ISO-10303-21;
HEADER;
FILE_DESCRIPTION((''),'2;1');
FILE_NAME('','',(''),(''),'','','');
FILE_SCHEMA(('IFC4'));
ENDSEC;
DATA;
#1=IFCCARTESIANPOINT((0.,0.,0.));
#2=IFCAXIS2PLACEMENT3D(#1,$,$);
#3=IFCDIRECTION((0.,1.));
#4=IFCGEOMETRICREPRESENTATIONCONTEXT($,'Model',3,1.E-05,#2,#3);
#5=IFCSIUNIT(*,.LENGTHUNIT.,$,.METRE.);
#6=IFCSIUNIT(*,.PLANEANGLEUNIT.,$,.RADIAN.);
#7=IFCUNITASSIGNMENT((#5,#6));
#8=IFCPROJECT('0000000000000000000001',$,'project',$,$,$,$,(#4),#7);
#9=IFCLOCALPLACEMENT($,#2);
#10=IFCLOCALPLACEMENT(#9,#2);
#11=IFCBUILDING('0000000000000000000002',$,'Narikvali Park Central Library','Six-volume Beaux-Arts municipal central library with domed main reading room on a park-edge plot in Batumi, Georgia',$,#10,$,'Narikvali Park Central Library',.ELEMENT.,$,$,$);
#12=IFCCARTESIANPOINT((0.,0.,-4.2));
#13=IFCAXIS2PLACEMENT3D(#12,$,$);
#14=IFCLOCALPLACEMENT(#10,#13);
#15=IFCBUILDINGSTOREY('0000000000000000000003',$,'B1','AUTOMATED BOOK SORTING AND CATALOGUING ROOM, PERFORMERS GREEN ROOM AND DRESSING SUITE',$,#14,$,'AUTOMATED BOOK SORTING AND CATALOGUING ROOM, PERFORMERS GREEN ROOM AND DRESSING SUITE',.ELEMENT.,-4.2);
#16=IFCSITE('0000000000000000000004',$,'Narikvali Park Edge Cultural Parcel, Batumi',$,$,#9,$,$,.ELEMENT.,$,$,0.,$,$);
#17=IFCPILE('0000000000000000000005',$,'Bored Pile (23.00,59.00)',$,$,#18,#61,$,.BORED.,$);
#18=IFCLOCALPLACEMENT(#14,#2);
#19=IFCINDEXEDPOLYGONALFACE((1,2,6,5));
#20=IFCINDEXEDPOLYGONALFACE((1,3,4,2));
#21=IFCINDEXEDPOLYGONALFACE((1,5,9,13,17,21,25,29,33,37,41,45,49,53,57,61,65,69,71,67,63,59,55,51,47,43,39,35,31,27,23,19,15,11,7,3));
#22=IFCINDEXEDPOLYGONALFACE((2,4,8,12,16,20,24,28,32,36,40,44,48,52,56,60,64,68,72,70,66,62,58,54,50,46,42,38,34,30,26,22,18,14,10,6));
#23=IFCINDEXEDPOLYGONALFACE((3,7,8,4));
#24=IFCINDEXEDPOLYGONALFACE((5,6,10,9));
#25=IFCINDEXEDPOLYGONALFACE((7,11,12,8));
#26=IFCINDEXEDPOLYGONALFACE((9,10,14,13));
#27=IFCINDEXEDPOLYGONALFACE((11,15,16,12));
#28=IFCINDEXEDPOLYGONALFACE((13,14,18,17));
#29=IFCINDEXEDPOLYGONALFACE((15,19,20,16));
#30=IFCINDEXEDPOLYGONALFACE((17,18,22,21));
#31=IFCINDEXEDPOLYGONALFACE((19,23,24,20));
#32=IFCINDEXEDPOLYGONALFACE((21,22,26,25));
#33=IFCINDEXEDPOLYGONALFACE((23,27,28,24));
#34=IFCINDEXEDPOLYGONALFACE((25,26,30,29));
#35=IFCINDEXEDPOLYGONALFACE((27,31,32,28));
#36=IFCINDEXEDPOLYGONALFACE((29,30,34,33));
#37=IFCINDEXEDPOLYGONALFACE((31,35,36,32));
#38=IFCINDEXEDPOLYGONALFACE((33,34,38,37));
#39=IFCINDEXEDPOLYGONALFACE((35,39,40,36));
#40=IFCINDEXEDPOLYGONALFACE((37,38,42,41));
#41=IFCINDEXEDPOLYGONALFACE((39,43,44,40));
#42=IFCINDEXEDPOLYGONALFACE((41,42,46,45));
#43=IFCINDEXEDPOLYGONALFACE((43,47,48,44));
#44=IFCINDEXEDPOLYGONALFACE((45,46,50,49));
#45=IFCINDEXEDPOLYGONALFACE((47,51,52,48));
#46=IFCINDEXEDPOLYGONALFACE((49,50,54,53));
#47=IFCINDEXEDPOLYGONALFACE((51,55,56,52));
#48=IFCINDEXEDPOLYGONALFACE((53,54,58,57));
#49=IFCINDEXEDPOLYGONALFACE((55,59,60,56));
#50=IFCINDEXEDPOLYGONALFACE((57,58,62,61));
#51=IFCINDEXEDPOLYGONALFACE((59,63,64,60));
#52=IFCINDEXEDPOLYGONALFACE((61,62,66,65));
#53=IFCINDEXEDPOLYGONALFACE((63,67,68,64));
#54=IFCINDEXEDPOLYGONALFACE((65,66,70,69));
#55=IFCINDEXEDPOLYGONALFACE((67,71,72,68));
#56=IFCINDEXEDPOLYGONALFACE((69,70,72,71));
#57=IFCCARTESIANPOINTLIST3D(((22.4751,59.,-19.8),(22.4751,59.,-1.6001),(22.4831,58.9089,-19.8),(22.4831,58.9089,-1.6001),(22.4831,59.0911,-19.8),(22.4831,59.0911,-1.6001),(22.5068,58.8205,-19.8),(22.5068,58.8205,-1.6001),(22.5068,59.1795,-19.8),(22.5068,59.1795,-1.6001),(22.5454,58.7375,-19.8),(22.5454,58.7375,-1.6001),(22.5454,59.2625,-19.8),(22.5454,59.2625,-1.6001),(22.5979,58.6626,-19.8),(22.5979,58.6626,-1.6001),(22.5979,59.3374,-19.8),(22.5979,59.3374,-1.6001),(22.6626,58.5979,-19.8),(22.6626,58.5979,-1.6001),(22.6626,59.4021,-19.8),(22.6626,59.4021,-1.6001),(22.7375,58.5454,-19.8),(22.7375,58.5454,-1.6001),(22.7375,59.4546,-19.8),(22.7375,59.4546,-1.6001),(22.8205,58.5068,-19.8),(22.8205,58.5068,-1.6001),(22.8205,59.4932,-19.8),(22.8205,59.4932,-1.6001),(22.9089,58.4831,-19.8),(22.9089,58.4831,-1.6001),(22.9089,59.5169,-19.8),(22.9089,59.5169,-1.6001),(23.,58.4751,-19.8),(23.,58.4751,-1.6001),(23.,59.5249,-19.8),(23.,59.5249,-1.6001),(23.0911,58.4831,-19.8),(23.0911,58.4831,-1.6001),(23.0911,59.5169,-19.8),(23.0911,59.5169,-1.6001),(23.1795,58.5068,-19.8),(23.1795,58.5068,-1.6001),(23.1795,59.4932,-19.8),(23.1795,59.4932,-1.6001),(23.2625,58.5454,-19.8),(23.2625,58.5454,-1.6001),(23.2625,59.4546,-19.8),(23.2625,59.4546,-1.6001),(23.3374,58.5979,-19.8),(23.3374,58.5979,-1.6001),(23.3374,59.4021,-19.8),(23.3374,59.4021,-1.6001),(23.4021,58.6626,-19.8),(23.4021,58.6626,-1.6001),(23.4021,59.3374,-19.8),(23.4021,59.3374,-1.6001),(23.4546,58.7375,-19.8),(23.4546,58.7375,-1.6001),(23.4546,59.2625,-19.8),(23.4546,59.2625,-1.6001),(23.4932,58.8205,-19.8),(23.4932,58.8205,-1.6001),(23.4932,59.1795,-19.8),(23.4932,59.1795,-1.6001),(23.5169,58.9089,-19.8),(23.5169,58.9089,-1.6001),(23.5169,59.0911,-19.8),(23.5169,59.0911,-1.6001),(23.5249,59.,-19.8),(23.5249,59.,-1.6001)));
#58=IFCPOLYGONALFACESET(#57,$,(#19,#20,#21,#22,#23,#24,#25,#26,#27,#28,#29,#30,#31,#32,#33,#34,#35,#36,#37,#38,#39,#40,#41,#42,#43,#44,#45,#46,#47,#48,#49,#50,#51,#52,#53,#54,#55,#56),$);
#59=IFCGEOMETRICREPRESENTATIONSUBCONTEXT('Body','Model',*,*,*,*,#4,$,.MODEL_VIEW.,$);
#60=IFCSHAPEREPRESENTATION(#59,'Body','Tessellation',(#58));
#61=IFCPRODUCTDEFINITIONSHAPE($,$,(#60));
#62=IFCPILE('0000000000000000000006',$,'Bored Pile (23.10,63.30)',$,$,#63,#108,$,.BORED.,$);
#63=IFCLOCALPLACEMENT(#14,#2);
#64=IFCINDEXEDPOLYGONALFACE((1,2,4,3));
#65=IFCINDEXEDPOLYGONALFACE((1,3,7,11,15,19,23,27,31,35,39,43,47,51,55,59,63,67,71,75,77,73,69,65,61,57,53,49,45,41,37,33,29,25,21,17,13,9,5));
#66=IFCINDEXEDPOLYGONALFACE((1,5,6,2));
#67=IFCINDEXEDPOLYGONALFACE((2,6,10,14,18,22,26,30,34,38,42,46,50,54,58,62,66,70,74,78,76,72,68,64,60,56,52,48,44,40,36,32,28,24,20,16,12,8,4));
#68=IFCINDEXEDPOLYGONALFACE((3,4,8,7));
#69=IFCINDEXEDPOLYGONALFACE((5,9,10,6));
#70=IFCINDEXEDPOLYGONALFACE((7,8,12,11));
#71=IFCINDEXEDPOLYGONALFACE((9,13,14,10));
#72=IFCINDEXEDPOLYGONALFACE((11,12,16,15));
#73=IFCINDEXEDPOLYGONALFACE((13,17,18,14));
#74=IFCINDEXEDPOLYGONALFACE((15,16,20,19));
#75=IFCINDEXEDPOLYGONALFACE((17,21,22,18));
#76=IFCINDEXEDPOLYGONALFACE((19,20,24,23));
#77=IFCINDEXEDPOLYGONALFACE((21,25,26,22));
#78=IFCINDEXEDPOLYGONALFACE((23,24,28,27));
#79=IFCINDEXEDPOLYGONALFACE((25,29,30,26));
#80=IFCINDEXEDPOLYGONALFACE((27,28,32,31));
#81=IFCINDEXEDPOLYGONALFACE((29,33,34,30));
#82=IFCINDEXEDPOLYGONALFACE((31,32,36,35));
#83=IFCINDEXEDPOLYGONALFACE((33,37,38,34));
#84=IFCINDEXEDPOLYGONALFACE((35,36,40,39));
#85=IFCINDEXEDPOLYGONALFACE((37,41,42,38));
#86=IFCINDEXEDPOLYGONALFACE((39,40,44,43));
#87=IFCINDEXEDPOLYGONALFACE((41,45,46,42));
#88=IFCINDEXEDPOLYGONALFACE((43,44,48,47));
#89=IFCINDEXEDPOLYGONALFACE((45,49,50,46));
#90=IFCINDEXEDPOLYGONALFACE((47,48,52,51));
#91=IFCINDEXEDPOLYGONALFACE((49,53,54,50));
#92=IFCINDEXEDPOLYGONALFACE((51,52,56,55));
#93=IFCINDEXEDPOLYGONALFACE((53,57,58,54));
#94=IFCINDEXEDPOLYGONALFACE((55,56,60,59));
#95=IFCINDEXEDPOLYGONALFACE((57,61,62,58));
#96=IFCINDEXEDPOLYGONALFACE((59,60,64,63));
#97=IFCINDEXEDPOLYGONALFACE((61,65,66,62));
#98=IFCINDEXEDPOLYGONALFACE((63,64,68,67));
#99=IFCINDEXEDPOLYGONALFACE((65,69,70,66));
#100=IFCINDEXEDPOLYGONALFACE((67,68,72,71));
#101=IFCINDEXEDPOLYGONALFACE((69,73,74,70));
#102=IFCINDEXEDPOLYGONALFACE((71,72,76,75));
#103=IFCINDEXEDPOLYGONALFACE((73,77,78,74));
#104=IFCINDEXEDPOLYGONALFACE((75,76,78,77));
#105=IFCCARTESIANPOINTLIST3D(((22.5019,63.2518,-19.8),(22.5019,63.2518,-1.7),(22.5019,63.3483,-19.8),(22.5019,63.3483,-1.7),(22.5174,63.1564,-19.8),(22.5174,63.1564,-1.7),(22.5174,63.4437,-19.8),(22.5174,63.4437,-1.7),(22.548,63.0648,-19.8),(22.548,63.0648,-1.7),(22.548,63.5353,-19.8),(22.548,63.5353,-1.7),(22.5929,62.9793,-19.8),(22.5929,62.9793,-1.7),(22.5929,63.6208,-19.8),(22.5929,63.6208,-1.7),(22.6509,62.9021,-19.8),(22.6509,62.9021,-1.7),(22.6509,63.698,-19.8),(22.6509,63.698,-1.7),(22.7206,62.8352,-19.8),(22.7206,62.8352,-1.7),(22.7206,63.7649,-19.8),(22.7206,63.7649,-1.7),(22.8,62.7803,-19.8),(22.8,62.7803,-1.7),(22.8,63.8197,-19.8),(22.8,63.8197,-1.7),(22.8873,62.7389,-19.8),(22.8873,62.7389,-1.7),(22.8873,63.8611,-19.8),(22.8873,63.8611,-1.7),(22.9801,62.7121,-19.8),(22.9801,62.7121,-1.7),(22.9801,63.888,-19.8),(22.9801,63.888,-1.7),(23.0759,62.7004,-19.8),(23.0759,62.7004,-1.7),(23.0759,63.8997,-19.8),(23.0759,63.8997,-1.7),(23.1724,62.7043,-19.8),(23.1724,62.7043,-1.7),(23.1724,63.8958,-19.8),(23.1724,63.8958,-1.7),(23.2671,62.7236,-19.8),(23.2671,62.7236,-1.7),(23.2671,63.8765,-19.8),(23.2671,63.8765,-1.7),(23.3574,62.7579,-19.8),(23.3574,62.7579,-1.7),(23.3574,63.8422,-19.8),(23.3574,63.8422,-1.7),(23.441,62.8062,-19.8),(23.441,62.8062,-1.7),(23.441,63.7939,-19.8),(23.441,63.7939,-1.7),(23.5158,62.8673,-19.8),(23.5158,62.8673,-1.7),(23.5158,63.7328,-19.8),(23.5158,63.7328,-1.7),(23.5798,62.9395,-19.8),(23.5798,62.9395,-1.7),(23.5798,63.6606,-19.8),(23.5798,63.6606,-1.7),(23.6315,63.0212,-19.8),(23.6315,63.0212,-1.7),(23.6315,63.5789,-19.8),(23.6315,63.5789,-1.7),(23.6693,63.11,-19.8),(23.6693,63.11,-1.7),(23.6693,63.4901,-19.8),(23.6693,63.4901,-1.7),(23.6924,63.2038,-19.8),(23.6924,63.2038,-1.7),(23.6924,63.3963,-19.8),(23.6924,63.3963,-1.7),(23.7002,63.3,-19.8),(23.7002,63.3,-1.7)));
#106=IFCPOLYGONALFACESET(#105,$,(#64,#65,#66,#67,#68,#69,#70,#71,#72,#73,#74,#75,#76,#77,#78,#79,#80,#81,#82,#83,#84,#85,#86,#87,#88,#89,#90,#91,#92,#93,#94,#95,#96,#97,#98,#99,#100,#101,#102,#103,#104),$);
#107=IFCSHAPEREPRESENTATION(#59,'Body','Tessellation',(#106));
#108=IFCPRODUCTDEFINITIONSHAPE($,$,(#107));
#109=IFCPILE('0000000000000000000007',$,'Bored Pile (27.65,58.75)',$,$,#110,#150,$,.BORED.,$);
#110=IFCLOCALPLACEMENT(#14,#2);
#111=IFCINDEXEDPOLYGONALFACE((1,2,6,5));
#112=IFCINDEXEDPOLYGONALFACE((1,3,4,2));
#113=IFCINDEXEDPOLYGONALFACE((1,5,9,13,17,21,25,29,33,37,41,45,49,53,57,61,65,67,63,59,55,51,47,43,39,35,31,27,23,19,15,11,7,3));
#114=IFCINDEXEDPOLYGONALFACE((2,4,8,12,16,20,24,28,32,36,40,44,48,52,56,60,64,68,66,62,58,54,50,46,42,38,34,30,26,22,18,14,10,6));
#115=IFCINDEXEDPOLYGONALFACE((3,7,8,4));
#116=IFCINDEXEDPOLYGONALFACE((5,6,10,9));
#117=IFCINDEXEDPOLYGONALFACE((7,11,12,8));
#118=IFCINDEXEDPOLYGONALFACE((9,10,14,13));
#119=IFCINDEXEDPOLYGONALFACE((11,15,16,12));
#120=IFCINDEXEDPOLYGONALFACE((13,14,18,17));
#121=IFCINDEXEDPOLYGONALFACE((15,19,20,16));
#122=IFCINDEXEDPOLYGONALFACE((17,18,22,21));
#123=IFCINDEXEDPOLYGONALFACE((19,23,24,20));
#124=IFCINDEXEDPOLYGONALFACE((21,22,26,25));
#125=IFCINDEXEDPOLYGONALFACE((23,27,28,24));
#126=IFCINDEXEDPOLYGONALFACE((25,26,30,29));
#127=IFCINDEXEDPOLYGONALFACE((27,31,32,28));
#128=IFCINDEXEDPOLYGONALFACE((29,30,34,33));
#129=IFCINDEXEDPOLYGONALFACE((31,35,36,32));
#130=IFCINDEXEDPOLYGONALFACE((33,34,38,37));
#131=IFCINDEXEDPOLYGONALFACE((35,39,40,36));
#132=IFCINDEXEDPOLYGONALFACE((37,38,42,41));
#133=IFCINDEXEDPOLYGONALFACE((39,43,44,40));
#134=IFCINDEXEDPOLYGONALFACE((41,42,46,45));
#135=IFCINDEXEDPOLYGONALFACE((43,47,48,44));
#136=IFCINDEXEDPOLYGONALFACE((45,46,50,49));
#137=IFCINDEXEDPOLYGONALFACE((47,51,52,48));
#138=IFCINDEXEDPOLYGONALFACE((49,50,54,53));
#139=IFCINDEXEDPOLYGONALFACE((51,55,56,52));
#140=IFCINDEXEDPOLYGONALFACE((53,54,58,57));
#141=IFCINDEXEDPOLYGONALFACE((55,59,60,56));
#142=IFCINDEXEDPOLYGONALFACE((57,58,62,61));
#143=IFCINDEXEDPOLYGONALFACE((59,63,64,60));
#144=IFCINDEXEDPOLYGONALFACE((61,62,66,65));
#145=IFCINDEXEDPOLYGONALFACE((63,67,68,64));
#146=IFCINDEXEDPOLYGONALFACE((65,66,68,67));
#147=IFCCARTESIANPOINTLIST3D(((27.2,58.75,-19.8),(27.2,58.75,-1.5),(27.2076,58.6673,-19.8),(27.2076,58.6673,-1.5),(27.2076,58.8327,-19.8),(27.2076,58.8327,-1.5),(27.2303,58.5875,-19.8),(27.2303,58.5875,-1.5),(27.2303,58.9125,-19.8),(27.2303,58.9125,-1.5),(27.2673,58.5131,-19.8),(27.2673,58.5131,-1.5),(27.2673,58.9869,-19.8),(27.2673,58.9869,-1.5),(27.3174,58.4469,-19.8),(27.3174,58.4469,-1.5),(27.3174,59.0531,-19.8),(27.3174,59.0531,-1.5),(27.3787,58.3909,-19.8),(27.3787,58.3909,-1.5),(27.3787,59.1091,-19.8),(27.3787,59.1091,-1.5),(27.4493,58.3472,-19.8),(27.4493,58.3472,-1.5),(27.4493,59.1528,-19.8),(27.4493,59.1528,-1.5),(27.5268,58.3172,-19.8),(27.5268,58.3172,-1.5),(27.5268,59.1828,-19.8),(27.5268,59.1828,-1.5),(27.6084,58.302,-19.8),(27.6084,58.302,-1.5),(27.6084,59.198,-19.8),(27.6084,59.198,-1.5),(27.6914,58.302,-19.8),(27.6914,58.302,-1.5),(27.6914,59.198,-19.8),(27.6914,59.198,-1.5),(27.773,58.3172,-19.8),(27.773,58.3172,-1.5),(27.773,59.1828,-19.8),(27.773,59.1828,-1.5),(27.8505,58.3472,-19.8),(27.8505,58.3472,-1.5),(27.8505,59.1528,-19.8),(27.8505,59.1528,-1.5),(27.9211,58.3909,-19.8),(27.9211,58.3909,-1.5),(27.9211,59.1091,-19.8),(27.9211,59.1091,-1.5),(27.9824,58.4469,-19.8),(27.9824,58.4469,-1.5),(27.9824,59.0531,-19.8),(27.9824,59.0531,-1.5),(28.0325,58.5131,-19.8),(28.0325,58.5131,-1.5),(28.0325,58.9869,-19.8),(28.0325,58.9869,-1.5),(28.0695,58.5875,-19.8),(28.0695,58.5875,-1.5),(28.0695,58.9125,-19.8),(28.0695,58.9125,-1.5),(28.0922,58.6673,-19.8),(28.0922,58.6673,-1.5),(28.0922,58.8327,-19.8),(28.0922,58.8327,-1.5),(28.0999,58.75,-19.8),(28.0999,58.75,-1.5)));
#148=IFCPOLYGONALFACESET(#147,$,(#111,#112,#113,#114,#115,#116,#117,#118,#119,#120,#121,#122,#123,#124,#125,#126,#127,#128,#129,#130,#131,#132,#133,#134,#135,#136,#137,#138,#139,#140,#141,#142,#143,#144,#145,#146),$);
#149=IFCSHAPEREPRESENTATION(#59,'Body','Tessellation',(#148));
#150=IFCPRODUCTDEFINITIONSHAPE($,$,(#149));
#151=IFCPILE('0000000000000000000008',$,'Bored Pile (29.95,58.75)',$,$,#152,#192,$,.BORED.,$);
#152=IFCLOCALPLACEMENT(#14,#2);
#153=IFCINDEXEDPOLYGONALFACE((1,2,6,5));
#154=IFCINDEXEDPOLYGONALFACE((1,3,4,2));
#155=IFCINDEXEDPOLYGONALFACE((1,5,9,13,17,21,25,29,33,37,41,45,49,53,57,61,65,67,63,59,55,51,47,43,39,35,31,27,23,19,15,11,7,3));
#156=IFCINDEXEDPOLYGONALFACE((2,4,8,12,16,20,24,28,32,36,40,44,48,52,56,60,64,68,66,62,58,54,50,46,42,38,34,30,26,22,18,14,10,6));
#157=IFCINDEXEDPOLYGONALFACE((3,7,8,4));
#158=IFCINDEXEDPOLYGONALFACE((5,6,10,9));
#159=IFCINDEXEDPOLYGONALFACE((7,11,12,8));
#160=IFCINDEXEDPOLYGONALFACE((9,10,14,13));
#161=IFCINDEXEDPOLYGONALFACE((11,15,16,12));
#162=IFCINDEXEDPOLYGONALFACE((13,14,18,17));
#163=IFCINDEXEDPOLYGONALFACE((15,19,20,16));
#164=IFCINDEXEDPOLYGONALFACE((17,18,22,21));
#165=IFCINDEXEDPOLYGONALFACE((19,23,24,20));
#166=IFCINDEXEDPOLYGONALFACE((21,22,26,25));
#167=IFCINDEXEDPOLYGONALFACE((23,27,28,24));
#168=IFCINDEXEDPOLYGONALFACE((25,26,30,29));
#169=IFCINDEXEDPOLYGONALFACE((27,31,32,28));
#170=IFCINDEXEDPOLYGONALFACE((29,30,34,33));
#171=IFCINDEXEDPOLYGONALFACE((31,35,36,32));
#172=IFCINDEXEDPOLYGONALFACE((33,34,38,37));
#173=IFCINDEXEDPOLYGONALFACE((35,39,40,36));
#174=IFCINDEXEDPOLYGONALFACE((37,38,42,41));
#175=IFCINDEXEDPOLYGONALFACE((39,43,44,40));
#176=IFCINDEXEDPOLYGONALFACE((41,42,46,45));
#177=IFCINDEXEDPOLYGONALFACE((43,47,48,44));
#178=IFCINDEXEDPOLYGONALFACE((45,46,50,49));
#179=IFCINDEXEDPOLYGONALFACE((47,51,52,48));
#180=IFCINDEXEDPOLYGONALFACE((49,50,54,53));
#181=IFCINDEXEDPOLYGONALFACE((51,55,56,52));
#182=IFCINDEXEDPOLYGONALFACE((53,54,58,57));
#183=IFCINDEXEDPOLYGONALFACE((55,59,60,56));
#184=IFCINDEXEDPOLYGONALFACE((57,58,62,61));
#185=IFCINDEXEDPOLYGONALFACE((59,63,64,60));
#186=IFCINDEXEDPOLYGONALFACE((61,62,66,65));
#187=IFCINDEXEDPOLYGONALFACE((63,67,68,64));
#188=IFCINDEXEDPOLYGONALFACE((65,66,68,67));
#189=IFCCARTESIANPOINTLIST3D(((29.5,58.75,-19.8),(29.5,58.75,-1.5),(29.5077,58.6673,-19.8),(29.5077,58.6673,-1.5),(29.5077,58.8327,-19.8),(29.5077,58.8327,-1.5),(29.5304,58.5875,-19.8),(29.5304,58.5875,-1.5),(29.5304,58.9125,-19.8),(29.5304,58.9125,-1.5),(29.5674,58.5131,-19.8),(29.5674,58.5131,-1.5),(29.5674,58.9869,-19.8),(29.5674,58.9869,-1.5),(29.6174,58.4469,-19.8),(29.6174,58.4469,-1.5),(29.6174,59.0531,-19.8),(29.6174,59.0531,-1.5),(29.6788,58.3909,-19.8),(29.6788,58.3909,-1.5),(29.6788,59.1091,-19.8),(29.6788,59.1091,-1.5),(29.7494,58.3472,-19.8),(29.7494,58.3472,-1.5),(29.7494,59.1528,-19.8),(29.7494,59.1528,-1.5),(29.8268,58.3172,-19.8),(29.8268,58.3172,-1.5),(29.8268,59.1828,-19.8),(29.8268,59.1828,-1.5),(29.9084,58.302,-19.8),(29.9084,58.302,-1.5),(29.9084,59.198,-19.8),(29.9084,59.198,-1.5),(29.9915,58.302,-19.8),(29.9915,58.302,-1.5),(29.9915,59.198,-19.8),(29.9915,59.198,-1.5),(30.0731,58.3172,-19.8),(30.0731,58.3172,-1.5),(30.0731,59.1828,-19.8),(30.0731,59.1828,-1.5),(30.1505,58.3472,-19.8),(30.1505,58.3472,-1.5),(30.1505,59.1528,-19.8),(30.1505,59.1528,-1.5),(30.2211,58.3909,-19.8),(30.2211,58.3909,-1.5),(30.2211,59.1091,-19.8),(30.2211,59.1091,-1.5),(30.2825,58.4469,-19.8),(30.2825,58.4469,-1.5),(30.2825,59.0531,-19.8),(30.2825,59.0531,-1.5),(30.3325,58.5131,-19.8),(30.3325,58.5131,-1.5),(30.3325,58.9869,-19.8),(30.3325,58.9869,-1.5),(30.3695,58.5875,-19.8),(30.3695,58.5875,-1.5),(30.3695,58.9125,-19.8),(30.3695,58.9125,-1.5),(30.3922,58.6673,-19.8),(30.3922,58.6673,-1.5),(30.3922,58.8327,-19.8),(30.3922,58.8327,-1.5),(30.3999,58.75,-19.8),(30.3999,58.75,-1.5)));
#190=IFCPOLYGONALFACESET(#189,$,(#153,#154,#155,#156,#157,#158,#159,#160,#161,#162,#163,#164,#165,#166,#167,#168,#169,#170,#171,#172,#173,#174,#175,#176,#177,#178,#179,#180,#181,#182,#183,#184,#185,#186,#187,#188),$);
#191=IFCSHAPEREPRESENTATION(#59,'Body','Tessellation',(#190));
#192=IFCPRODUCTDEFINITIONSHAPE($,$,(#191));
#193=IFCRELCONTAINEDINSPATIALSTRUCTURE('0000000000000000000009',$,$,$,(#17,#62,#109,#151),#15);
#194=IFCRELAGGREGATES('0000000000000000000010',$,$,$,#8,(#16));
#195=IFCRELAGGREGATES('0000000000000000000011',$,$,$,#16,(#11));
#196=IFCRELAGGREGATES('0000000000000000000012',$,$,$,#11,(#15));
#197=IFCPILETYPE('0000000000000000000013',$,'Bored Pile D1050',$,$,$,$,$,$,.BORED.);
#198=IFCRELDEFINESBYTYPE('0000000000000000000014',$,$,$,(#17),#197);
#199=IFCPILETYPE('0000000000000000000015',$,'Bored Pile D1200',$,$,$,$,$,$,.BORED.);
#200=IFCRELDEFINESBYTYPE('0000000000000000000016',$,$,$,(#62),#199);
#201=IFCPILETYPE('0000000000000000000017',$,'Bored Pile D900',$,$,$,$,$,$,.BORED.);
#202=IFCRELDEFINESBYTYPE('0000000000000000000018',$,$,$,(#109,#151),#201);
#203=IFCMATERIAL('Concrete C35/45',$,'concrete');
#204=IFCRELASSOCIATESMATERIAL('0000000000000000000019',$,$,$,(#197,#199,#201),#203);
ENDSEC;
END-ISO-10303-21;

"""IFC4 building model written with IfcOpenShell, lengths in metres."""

from ifc_helpers import new_model, si_unit, direction, frame, origin, origin_2d, place, context, subcontext, project, spatial, circle, extrude, material, material_profile, profile_set, type_object, element, save


model = new_model("IFC4")

# Units and contexts
model_context = context("Model", 3, precision=1e-05, world=origin(), true_north=direction((0.0, 1.0)))
body_context = subcontext(model_context, "Body", "Model", "MODEL_VIEW")
ifc_project = project(units=[si_unit("LENGTHUNIT", "METRE"), si_unit("PLANEANGLEUNIT", "RADIAN")], contexts=[model_context])

# Site, building, storey
site_placement = place(None, origin())
site = spatial("IfcSite", under=ifc_project, at=site_placement, Name="Narikvali Park Edge Cultural Parcel, Batumi", CompositionType="ELEMENT", RefElevation=0.0)
building_placement = place(site_placement, origin())
building = spatial("IfcBuilding", under=site, at=building_placement, Name="Narikvali Park Central Library", Description="Six-volume Beaux-Arts municipal central library with domed main reading room on a park-edge plot in Batumi, Georgia", LongName="Narikvali Park Central Library", CompositionType="ELEMENT")
storey_placement = place(building_placement, frame((0.0, 0.0, -4.2)))
storey = spatial("IfcBuildingStorey", under=building, at=storey_placement, Name="B1", Description="AUTOMATED BOOK SORTING AND CATALOGUING ROOM, PERFORMERS GREEN ROOM AND DRESSING SUITE", LongName="AUTOMATED BOOK SORTING AND CATALOGUING ROOM, PERFORMERS GREEN ROOM AND DRESSING SUITE", CompositionType="ELEMENT", Elevation=-4.2)

# Piles
ifc_material_1 = material(Name="Concrete C35/45", Category="concrete")
ifc_material_profile_1 = material_profile(ifc_material_1, circle(Radius=0.5249, at=origin_2d()), Name="PILE D1050")
ifc_profile_set_1 = profile_set([ifc_material_profile_1], Name="Concrete C35/45")
pile_type_1 = type_object("IfcPileType", Name="Bored Pile D1050", PredefinedType="BORED", material=ifc_profile_set_1)
pile_1_placement = place(storey_placement, frame((23.0, 59.0, -1.6001), z_axis=(0.0, 0.0, -1.0), x_axis=(1.0, 0.0, 0.0)))
element("IfcPile", 1, at=pile_1_placement, inside=storey, type_object=pile_type_1, Name="Bored Pile (23.00,59.00)", PredefinedType="BORED", context=body_context, shape_type="SweptSolid", body=[
    extrude(circle(Radius=0.5249, at=origin_2d()), origin(), (0.0, 0.0, 1.0), 18.2),
])
ifc_material_profile_2 = material_profile(ifc_material_1, circle(Radius=0.6001, at=origin_2d()), Name="PILE D1200")
ifc_profile_set_2 = profile_set([ifc_material_profile_2], Name="Concrete C35/45")
pile_type_2 = type_object("IfcPileType", Name="Bored Pile D1200", PredefinedType="BORED", material=ifc_profile_set_2)
pile_2_placement = place(storey_placement, frame((23.1001, 63.3, -1.7), z_axis=(0.0, 0.0, -1.0), x_axis=(1.0, 0.0, 0.0)))
element("IfcPile", 2, at=pile_2_placement, inside=storey, type_object=pile_type_2, Name="Bored Pile (23.10,63.30)", PredefinedType="BORED", context=body_context, shape_type="SweptSolid", body=[
    extrude(circle(Radius=0.6001, at=origin_2d()), origin(), (0.0, 0.0, 1.0), 18.1001),
])
ifc_material_profile_3 = material_profile(ifc_material_1, circle(Radius=0.45, at=origin_2d()), Name="PILE D900")
ifc_profile_set_3 = profile_set([ifc_material_profile_3], Name="Concrete C35/45")
pile_type_3 = type_object("IfcPileType", Name="Bored Pile D900", PredefinedType="BORED", material=ifc_profile_set_3)
for number, where, z_axis, x_axis, name in (
    (3, (27.6499, 58.75, -1.5), (0.0, 0.0, -1.0), (1.0, 0.0, 0.0), "Bored Pile (27.65,58.75)"),
    (4, (29.95, 58.75, -1.5), (0.0, 0.0, -1.0), (1.0, 0.0, 0.0), "Bored Pile (29.95,58.75)"),
):
    element("IfcPile", number, at=place(storey_placement, frame(where, z_axis=z_axis, x_axis=x_axis)), inside=storey, type_object=pile_type_3, Name=name, PredefinedType="BORED", context=body_context, shape_type="SweptSolid", body=[
        extrude(circle(Radius=0.45, at=origin_2d()), origin(), (0.0, 0.0, 1.0), 18.3),
    ])

save(model, "model.ifc")
